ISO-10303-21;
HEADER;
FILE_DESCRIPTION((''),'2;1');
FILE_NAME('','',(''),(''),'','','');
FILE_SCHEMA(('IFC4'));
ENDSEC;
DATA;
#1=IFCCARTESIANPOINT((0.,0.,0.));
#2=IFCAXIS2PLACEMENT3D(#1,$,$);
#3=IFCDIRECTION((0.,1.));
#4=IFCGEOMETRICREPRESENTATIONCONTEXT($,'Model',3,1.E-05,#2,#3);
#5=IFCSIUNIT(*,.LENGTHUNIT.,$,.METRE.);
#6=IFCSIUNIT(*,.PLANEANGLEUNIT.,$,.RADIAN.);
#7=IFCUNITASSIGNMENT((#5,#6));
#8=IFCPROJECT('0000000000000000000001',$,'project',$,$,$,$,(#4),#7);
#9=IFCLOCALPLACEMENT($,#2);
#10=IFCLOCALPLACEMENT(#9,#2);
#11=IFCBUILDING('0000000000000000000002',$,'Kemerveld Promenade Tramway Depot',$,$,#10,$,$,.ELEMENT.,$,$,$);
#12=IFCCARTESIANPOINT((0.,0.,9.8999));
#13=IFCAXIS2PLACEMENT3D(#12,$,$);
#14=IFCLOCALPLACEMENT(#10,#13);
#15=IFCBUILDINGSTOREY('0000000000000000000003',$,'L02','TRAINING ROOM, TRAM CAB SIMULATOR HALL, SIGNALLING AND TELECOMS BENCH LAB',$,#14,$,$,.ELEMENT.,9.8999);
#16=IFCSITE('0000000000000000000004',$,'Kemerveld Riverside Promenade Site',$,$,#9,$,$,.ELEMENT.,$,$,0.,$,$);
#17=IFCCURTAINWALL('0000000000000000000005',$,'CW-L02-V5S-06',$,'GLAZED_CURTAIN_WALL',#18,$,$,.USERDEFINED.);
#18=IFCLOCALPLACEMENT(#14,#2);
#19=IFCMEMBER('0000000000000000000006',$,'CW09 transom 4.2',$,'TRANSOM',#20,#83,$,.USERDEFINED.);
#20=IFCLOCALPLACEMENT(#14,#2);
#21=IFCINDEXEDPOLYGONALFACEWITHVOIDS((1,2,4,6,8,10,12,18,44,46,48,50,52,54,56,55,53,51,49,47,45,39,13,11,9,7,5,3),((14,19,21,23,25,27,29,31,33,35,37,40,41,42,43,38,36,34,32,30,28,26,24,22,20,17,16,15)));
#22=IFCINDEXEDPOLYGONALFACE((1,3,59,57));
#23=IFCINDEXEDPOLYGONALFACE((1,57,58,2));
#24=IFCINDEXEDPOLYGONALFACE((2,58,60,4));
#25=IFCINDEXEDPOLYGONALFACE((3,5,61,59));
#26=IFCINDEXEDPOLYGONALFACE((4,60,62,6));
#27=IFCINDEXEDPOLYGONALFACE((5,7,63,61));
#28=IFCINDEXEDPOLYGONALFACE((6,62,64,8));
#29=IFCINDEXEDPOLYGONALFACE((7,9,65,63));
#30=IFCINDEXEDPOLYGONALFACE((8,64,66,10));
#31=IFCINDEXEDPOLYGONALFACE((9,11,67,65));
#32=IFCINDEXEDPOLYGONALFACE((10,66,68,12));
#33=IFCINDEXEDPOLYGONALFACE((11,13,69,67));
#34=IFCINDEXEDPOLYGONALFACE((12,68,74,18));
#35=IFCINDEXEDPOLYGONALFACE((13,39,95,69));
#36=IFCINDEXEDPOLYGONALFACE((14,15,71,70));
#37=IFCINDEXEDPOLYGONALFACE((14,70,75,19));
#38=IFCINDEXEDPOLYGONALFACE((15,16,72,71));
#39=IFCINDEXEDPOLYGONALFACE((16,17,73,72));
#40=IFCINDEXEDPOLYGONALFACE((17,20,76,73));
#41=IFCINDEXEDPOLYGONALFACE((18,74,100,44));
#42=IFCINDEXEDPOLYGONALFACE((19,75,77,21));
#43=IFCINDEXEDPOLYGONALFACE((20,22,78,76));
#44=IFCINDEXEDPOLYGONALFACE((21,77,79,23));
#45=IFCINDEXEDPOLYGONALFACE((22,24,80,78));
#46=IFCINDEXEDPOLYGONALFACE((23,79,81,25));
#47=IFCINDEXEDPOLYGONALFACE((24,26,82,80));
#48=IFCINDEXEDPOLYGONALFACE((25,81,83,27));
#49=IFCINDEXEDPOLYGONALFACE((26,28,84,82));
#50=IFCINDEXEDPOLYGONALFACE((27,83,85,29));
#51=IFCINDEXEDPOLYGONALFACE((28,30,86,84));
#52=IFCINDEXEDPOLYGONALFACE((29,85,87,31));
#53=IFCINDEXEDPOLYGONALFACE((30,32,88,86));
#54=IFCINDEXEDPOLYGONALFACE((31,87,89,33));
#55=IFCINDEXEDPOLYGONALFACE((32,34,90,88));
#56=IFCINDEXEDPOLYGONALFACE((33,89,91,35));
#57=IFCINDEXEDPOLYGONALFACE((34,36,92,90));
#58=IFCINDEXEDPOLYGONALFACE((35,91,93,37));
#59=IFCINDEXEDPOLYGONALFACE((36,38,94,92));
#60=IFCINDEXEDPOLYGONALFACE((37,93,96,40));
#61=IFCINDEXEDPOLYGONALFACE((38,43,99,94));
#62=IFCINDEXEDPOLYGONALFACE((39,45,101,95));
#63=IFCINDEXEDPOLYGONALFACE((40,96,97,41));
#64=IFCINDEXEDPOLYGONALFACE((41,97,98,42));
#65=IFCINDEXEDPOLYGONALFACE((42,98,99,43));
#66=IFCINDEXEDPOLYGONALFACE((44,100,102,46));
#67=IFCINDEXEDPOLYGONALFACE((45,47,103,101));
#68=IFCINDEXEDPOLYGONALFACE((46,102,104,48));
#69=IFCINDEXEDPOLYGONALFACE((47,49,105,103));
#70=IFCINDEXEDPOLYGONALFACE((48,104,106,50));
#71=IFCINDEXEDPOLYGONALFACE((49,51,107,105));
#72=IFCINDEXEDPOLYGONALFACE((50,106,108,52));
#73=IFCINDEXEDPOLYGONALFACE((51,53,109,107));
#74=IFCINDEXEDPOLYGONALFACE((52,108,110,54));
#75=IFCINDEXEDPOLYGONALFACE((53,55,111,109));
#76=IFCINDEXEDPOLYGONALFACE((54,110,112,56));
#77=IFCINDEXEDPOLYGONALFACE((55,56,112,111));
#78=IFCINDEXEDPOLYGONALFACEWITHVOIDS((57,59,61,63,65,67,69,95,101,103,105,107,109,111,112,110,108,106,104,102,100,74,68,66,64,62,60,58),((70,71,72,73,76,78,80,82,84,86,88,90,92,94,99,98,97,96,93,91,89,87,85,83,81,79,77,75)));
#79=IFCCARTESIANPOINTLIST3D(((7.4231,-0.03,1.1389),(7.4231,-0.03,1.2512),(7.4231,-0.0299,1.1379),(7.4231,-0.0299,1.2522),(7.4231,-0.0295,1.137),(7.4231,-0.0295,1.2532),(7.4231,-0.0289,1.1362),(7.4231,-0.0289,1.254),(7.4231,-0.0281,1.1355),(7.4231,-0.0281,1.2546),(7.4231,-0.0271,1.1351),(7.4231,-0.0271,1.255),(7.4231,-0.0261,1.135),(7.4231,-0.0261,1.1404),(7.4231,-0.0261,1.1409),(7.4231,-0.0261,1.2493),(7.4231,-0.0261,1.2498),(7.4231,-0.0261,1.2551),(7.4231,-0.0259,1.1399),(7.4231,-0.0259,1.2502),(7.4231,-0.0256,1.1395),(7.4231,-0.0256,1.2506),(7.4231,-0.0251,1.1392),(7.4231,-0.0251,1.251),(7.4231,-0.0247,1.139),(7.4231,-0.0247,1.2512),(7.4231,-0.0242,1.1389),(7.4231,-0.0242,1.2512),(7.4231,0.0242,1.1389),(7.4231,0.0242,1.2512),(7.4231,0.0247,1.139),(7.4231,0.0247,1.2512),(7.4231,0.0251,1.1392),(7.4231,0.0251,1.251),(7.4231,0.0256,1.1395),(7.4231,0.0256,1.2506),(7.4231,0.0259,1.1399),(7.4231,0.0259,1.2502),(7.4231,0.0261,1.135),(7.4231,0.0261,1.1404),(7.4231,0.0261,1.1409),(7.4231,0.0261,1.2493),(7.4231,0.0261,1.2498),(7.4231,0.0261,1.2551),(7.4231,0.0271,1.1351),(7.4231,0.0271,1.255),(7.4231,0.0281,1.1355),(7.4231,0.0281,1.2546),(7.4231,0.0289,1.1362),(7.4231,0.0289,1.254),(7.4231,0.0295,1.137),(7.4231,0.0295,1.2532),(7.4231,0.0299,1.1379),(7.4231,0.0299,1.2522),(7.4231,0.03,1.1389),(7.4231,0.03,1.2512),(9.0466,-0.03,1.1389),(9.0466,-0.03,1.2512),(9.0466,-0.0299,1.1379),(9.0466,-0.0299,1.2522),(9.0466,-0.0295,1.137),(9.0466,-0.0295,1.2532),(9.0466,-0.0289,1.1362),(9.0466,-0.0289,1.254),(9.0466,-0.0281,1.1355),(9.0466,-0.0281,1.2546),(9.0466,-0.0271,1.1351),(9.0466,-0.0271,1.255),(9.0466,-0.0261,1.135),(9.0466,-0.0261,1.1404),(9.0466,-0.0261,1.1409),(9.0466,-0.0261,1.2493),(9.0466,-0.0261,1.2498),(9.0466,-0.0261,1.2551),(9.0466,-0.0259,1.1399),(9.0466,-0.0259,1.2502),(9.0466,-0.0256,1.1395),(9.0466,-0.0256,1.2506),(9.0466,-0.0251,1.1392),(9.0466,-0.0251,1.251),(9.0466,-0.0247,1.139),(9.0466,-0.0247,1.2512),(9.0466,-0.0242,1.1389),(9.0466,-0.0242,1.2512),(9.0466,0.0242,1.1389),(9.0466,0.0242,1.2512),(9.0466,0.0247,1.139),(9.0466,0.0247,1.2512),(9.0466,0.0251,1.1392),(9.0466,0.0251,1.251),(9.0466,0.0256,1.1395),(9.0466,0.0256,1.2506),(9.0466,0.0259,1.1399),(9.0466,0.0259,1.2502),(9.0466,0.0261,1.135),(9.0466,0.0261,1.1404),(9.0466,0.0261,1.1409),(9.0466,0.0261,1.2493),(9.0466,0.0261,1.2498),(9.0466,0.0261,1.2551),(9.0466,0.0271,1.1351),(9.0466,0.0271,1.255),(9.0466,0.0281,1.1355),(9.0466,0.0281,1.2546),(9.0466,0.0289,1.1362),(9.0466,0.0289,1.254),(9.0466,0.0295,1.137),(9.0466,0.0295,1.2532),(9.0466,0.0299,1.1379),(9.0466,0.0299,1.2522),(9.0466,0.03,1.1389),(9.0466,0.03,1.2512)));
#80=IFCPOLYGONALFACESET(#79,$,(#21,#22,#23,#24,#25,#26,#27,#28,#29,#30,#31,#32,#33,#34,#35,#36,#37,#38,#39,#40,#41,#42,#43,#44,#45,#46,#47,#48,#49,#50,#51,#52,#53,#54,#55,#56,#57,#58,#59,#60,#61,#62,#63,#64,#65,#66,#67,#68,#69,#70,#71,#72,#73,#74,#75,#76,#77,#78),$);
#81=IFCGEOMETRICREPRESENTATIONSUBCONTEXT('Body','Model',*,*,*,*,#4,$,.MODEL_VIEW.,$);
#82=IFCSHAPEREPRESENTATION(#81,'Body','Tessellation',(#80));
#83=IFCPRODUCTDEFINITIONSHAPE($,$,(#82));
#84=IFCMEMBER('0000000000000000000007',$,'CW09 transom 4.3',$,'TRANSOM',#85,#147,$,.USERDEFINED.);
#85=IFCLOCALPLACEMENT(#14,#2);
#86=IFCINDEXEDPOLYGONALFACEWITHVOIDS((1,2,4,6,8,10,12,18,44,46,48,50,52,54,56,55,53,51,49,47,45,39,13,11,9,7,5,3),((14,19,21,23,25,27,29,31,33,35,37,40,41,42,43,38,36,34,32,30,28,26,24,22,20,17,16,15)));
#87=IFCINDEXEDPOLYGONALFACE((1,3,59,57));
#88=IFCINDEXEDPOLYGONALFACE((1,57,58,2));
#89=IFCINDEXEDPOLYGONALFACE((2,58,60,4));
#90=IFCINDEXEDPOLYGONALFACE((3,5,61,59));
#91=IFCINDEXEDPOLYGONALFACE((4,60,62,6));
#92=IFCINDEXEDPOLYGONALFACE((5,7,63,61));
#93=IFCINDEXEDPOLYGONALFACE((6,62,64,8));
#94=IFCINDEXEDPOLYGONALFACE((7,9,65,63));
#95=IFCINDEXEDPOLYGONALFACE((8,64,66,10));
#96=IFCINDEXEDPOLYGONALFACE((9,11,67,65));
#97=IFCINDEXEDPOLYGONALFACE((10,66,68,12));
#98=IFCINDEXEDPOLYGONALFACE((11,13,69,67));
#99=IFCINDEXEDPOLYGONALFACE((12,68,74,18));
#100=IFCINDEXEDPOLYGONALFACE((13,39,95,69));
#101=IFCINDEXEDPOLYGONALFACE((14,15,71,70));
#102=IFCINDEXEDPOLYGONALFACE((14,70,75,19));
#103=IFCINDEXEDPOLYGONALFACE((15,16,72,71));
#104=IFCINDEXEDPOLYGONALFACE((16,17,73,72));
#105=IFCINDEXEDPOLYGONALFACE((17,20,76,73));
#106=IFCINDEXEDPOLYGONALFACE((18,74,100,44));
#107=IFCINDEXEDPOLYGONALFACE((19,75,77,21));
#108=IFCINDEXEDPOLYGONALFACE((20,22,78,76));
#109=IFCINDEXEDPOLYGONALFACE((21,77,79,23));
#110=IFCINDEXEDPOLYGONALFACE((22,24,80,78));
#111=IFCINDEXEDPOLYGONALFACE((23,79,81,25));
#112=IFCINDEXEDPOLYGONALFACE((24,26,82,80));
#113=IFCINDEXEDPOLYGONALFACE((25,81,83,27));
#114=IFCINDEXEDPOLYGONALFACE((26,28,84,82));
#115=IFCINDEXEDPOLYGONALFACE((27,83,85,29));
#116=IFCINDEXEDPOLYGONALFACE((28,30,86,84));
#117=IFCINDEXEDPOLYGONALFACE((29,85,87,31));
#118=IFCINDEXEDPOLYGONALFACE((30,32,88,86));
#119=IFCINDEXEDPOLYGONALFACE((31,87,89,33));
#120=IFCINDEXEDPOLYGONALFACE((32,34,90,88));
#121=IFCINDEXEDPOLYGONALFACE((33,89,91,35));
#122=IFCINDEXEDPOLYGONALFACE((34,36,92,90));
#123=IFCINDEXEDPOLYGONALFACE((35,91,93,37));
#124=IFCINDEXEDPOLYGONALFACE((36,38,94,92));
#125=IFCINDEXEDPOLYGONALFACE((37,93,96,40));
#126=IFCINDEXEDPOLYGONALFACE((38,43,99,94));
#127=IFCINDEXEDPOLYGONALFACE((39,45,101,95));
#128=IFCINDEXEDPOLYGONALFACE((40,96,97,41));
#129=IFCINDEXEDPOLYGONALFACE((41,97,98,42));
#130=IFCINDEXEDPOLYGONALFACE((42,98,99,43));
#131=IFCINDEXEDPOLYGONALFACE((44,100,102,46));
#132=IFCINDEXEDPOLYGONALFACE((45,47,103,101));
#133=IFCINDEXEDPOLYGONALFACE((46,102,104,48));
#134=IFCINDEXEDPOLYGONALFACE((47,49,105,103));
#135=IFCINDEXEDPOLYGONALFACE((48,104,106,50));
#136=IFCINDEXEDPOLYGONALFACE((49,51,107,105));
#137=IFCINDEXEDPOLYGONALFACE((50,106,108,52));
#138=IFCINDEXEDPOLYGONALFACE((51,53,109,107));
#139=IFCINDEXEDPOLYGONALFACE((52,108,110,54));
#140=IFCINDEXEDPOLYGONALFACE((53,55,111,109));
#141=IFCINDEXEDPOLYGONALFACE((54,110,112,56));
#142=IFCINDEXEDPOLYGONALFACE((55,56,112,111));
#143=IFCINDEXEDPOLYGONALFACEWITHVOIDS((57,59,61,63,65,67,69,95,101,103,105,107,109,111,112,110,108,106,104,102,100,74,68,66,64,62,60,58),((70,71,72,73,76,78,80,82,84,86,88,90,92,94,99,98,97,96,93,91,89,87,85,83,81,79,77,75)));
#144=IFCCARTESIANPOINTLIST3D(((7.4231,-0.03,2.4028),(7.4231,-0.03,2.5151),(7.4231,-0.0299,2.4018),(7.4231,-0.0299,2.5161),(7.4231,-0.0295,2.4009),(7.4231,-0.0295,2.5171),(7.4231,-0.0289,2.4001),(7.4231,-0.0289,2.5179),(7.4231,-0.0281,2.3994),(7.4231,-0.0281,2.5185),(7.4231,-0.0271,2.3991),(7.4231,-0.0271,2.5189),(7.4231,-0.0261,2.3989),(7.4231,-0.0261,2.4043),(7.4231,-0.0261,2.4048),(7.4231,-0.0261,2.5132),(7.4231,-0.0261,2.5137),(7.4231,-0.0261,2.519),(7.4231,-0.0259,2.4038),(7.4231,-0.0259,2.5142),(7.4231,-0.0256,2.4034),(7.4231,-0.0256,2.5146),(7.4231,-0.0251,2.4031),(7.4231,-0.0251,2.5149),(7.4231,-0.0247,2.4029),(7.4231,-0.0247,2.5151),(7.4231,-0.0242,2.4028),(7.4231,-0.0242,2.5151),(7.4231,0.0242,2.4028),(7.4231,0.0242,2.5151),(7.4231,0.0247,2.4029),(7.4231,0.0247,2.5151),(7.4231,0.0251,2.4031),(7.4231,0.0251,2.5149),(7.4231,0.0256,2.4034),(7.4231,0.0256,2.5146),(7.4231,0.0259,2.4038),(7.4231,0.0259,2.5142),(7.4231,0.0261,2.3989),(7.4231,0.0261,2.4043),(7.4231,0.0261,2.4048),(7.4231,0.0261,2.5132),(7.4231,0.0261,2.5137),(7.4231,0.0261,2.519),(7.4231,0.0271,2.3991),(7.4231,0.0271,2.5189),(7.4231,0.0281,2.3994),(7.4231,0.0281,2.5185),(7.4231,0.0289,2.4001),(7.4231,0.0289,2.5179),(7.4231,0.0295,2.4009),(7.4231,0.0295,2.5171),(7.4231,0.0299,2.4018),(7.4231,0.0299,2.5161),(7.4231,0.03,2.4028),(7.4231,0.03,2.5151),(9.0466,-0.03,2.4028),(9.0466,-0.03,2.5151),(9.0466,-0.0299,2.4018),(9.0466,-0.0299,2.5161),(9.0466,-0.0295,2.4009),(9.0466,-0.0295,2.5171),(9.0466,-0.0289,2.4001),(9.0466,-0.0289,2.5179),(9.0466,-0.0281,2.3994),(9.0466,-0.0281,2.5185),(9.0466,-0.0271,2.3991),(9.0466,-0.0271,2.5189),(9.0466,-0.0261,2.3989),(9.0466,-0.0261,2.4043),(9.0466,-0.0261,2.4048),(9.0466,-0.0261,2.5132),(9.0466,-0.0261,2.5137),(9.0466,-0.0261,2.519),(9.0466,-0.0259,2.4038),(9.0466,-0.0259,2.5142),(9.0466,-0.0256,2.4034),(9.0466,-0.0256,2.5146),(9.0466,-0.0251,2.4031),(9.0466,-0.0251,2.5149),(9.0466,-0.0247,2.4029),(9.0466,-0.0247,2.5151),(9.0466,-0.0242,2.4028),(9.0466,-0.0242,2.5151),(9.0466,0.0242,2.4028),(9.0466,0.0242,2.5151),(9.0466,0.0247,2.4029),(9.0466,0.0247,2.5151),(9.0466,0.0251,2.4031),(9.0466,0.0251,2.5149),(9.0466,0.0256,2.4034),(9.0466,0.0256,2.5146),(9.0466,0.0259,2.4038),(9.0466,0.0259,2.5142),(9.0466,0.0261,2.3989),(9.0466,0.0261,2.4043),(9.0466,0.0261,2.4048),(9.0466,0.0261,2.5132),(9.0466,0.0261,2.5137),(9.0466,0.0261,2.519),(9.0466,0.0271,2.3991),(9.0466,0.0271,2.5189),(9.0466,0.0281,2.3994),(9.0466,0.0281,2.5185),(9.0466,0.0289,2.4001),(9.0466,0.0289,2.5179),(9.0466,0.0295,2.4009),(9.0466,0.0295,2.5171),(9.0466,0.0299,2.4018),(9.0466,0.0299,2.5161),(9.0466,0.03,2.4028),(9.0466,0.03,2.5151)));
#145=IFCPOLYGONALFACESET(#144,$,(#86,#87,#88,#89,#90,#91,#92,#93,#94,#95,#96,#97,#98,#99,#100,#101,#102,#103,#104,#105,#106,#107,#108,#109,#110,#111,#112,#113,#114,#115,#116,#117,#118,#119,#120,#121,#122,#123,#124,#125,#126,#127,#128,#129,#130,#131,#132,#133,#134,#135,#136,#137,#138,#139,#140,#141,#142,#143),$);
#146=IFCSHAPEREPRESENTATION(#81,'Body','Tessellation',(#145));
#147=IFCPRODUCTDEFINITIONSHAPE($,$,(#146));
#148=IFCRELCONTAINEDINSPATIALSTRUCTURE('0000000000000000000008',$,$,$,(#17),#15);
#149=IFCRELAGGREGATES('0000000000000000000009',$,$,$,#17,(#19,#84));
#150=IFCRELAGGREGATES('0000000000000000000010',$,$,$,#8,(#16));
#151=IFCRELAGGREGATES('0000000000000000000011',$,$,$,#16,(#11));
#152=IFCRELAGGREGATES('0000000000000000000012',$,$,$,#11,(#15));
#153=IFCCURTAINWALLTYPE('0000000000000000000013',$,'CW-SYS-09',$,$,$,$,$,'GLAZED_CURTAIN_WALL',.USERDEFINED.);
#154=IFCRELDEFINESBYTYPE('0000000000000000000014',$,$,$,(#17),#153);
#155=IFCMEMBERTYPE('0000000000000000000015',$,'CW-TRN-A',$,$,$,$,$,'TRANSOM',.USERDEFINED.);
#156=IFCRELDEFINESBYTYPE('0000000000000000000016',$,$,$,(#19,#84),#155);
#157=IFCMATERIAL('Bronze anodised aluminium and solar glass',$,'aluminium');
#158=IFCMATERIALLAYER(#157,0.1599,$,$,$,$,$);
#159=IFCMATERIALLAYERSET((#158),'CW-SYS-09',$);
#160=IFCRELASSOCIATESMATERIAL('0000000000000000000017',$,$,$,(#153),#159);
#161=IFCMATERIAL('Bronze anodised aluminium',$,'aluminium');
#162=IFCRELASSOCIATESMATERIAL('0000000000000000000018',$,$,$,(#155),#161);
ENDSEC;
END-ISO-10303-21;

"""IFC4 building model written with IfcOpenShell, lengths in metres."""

from ifc_helpers import new_model, si_unit, direction, frame, origin, origin_2d, place, context, subcontext, project, spatial, hollow_rectangle, extrude, material, layer, layer_set, material_profile, profile_set, type_object, element, aggregate, save


model = new_model("IFC4")

# Units and contexts
model_context = context("Model", 3, precision=1e-05, world=origin(), true_north=direction((0.0, 1.0)))
body_context = subcontext(model_context, "Body", "Model", "MODEL_VIEW")
ifc_project = project(units=[si_unit("LENGTHUNIT", "METRE"), si_unit("PLANEANGLEUNIT", "RADIAN")], contexts=[model_context])

# Site, building, storey
site_placement = place(None, origin())
site = spatial("IfcSite", under=ifc_project, at=site_placement, Name="Kemerveld Riverside Promenade Site", CompositionType="ELEMENT", RefElevation=0.0)
building_placement = place(site_placement, origin())
building = spatial("IfcBuilding", under=site, at=building_placement, Name="Kemerveld Promenade Tramway Depot", CompositionType="ELEMENT")
storey_placement = place(building_placement, frame((0.0, 0.0, 9.8999)))
storey = spatial("IfcBuildingStorey", under=building, at=storey_placement, Name="L02", Description="TRAINING ROOM, TRAM CAB SIMULATOR HALL, SIGNALLING AND TELECOMS BENCH LAB", CompositionType="ELEMENT", Elevation=9.8999)

# Curtain wall, members
ifc_material_1 = material(Name="Bronze anodised aluminium and solar glass", Category="aluminium")
ifc_layer_1 = layer(ifc_material_1, 0.1599)
ifc_layer_set_1 = layer_set([ifc_layer_1], Name="CW-SYS-09")
curtain_wall_type = type_object("IfcCurtainWallType", Name="CW-SYS-09", ElementType="GLAZED_CURTAIN_WALL", PredefinedType="USERDEFINED", material=ifc_layer_set_1)
curtain_wall_placement = place(storey_placement, origin())
curtain_wall = element("IfcCurtainWall", 1, at=curtain_wall_placement, inside=storey, type_object=curtain_wall_type, Name="CW-L02-V5S-06", ObjectType="GLAZED_CURTAIN_WALL", PredefinedType="USERDEFINED")
ifc_material_2 = material(Name="Bronze anodised aluminium", Category="aluminium")
ifc_material_profile_1 = material_profile(ifc_material_2, hollow_rectangle(XDim=0.0601, YDim=0.1201, WallThickness=0.0039, InnerFilletRadius=0.002, OuterFilletRadius=0.0039, at=origin_2d()), Name="CW-TRN-120x60")
ifc_profile_set_1 = profile_set([ifc_material_profile_1], Name="Bronze anodised aluminium")
member_type_1 = type_object("IfcMemberType", Name="CW-TRN-A", ElementType="TRANSOM", PredefinedType="USERDEFINED", material=ifc_profile_set_1)
member_1_placement = place(storey_placement, frame((9.0466, 0.0, 1.1951), z_axis=(-1.0, 0.0, 0.0), x_axis=(0.0, -1.0, 0.0)))
member_1 = element("IfcMember", 2, at=member_1_placement, type_object=member_type_1, Name="CW09 transom 4.2", ObjectType="TRANSOM", PredefinedType="USERDEFINED", context=body_context, shape_type="SweptSolid", body=[
    extrude(hollow_rectangle(XDim=0.0601, YDim=0.1201, WallThickness=0.0039, InnerFilletRadius=0.002, OuterFilletRadius=0.0039, at=origin_2d()), origin(), (0.0, 0.0, 1.0), 1.6235),
])
member_2_placement = place(storey_placement, frame((9.0466, 0.0, 2.459), z_axis=(-1.0, 0.0, 0.0), x_axis=(0.0, -1.0, 0.0)))
member_2 = element("IfcMember", 3, at=member_2_placement, type_object=member_type_1, Name="CW09 transom 4.3", ObjectType="TRANSOM", PredefinedType="USERDEFINED", context=body_context, shape_type="SweptSolid", body=[
    extrude(hollow_rectangle(XDim=0.0601, YDim=0.1201, WallThickness=0.0039, InnerFilletRadius=0.002, OuterFilletRadius=0.0039, at=origin_2d()), origin(), (0.0, 0.0, 1.0), 1.6235),
])
aggregate(curtain_wall, [member_1, member_2])

save(model, "model.ifc")
